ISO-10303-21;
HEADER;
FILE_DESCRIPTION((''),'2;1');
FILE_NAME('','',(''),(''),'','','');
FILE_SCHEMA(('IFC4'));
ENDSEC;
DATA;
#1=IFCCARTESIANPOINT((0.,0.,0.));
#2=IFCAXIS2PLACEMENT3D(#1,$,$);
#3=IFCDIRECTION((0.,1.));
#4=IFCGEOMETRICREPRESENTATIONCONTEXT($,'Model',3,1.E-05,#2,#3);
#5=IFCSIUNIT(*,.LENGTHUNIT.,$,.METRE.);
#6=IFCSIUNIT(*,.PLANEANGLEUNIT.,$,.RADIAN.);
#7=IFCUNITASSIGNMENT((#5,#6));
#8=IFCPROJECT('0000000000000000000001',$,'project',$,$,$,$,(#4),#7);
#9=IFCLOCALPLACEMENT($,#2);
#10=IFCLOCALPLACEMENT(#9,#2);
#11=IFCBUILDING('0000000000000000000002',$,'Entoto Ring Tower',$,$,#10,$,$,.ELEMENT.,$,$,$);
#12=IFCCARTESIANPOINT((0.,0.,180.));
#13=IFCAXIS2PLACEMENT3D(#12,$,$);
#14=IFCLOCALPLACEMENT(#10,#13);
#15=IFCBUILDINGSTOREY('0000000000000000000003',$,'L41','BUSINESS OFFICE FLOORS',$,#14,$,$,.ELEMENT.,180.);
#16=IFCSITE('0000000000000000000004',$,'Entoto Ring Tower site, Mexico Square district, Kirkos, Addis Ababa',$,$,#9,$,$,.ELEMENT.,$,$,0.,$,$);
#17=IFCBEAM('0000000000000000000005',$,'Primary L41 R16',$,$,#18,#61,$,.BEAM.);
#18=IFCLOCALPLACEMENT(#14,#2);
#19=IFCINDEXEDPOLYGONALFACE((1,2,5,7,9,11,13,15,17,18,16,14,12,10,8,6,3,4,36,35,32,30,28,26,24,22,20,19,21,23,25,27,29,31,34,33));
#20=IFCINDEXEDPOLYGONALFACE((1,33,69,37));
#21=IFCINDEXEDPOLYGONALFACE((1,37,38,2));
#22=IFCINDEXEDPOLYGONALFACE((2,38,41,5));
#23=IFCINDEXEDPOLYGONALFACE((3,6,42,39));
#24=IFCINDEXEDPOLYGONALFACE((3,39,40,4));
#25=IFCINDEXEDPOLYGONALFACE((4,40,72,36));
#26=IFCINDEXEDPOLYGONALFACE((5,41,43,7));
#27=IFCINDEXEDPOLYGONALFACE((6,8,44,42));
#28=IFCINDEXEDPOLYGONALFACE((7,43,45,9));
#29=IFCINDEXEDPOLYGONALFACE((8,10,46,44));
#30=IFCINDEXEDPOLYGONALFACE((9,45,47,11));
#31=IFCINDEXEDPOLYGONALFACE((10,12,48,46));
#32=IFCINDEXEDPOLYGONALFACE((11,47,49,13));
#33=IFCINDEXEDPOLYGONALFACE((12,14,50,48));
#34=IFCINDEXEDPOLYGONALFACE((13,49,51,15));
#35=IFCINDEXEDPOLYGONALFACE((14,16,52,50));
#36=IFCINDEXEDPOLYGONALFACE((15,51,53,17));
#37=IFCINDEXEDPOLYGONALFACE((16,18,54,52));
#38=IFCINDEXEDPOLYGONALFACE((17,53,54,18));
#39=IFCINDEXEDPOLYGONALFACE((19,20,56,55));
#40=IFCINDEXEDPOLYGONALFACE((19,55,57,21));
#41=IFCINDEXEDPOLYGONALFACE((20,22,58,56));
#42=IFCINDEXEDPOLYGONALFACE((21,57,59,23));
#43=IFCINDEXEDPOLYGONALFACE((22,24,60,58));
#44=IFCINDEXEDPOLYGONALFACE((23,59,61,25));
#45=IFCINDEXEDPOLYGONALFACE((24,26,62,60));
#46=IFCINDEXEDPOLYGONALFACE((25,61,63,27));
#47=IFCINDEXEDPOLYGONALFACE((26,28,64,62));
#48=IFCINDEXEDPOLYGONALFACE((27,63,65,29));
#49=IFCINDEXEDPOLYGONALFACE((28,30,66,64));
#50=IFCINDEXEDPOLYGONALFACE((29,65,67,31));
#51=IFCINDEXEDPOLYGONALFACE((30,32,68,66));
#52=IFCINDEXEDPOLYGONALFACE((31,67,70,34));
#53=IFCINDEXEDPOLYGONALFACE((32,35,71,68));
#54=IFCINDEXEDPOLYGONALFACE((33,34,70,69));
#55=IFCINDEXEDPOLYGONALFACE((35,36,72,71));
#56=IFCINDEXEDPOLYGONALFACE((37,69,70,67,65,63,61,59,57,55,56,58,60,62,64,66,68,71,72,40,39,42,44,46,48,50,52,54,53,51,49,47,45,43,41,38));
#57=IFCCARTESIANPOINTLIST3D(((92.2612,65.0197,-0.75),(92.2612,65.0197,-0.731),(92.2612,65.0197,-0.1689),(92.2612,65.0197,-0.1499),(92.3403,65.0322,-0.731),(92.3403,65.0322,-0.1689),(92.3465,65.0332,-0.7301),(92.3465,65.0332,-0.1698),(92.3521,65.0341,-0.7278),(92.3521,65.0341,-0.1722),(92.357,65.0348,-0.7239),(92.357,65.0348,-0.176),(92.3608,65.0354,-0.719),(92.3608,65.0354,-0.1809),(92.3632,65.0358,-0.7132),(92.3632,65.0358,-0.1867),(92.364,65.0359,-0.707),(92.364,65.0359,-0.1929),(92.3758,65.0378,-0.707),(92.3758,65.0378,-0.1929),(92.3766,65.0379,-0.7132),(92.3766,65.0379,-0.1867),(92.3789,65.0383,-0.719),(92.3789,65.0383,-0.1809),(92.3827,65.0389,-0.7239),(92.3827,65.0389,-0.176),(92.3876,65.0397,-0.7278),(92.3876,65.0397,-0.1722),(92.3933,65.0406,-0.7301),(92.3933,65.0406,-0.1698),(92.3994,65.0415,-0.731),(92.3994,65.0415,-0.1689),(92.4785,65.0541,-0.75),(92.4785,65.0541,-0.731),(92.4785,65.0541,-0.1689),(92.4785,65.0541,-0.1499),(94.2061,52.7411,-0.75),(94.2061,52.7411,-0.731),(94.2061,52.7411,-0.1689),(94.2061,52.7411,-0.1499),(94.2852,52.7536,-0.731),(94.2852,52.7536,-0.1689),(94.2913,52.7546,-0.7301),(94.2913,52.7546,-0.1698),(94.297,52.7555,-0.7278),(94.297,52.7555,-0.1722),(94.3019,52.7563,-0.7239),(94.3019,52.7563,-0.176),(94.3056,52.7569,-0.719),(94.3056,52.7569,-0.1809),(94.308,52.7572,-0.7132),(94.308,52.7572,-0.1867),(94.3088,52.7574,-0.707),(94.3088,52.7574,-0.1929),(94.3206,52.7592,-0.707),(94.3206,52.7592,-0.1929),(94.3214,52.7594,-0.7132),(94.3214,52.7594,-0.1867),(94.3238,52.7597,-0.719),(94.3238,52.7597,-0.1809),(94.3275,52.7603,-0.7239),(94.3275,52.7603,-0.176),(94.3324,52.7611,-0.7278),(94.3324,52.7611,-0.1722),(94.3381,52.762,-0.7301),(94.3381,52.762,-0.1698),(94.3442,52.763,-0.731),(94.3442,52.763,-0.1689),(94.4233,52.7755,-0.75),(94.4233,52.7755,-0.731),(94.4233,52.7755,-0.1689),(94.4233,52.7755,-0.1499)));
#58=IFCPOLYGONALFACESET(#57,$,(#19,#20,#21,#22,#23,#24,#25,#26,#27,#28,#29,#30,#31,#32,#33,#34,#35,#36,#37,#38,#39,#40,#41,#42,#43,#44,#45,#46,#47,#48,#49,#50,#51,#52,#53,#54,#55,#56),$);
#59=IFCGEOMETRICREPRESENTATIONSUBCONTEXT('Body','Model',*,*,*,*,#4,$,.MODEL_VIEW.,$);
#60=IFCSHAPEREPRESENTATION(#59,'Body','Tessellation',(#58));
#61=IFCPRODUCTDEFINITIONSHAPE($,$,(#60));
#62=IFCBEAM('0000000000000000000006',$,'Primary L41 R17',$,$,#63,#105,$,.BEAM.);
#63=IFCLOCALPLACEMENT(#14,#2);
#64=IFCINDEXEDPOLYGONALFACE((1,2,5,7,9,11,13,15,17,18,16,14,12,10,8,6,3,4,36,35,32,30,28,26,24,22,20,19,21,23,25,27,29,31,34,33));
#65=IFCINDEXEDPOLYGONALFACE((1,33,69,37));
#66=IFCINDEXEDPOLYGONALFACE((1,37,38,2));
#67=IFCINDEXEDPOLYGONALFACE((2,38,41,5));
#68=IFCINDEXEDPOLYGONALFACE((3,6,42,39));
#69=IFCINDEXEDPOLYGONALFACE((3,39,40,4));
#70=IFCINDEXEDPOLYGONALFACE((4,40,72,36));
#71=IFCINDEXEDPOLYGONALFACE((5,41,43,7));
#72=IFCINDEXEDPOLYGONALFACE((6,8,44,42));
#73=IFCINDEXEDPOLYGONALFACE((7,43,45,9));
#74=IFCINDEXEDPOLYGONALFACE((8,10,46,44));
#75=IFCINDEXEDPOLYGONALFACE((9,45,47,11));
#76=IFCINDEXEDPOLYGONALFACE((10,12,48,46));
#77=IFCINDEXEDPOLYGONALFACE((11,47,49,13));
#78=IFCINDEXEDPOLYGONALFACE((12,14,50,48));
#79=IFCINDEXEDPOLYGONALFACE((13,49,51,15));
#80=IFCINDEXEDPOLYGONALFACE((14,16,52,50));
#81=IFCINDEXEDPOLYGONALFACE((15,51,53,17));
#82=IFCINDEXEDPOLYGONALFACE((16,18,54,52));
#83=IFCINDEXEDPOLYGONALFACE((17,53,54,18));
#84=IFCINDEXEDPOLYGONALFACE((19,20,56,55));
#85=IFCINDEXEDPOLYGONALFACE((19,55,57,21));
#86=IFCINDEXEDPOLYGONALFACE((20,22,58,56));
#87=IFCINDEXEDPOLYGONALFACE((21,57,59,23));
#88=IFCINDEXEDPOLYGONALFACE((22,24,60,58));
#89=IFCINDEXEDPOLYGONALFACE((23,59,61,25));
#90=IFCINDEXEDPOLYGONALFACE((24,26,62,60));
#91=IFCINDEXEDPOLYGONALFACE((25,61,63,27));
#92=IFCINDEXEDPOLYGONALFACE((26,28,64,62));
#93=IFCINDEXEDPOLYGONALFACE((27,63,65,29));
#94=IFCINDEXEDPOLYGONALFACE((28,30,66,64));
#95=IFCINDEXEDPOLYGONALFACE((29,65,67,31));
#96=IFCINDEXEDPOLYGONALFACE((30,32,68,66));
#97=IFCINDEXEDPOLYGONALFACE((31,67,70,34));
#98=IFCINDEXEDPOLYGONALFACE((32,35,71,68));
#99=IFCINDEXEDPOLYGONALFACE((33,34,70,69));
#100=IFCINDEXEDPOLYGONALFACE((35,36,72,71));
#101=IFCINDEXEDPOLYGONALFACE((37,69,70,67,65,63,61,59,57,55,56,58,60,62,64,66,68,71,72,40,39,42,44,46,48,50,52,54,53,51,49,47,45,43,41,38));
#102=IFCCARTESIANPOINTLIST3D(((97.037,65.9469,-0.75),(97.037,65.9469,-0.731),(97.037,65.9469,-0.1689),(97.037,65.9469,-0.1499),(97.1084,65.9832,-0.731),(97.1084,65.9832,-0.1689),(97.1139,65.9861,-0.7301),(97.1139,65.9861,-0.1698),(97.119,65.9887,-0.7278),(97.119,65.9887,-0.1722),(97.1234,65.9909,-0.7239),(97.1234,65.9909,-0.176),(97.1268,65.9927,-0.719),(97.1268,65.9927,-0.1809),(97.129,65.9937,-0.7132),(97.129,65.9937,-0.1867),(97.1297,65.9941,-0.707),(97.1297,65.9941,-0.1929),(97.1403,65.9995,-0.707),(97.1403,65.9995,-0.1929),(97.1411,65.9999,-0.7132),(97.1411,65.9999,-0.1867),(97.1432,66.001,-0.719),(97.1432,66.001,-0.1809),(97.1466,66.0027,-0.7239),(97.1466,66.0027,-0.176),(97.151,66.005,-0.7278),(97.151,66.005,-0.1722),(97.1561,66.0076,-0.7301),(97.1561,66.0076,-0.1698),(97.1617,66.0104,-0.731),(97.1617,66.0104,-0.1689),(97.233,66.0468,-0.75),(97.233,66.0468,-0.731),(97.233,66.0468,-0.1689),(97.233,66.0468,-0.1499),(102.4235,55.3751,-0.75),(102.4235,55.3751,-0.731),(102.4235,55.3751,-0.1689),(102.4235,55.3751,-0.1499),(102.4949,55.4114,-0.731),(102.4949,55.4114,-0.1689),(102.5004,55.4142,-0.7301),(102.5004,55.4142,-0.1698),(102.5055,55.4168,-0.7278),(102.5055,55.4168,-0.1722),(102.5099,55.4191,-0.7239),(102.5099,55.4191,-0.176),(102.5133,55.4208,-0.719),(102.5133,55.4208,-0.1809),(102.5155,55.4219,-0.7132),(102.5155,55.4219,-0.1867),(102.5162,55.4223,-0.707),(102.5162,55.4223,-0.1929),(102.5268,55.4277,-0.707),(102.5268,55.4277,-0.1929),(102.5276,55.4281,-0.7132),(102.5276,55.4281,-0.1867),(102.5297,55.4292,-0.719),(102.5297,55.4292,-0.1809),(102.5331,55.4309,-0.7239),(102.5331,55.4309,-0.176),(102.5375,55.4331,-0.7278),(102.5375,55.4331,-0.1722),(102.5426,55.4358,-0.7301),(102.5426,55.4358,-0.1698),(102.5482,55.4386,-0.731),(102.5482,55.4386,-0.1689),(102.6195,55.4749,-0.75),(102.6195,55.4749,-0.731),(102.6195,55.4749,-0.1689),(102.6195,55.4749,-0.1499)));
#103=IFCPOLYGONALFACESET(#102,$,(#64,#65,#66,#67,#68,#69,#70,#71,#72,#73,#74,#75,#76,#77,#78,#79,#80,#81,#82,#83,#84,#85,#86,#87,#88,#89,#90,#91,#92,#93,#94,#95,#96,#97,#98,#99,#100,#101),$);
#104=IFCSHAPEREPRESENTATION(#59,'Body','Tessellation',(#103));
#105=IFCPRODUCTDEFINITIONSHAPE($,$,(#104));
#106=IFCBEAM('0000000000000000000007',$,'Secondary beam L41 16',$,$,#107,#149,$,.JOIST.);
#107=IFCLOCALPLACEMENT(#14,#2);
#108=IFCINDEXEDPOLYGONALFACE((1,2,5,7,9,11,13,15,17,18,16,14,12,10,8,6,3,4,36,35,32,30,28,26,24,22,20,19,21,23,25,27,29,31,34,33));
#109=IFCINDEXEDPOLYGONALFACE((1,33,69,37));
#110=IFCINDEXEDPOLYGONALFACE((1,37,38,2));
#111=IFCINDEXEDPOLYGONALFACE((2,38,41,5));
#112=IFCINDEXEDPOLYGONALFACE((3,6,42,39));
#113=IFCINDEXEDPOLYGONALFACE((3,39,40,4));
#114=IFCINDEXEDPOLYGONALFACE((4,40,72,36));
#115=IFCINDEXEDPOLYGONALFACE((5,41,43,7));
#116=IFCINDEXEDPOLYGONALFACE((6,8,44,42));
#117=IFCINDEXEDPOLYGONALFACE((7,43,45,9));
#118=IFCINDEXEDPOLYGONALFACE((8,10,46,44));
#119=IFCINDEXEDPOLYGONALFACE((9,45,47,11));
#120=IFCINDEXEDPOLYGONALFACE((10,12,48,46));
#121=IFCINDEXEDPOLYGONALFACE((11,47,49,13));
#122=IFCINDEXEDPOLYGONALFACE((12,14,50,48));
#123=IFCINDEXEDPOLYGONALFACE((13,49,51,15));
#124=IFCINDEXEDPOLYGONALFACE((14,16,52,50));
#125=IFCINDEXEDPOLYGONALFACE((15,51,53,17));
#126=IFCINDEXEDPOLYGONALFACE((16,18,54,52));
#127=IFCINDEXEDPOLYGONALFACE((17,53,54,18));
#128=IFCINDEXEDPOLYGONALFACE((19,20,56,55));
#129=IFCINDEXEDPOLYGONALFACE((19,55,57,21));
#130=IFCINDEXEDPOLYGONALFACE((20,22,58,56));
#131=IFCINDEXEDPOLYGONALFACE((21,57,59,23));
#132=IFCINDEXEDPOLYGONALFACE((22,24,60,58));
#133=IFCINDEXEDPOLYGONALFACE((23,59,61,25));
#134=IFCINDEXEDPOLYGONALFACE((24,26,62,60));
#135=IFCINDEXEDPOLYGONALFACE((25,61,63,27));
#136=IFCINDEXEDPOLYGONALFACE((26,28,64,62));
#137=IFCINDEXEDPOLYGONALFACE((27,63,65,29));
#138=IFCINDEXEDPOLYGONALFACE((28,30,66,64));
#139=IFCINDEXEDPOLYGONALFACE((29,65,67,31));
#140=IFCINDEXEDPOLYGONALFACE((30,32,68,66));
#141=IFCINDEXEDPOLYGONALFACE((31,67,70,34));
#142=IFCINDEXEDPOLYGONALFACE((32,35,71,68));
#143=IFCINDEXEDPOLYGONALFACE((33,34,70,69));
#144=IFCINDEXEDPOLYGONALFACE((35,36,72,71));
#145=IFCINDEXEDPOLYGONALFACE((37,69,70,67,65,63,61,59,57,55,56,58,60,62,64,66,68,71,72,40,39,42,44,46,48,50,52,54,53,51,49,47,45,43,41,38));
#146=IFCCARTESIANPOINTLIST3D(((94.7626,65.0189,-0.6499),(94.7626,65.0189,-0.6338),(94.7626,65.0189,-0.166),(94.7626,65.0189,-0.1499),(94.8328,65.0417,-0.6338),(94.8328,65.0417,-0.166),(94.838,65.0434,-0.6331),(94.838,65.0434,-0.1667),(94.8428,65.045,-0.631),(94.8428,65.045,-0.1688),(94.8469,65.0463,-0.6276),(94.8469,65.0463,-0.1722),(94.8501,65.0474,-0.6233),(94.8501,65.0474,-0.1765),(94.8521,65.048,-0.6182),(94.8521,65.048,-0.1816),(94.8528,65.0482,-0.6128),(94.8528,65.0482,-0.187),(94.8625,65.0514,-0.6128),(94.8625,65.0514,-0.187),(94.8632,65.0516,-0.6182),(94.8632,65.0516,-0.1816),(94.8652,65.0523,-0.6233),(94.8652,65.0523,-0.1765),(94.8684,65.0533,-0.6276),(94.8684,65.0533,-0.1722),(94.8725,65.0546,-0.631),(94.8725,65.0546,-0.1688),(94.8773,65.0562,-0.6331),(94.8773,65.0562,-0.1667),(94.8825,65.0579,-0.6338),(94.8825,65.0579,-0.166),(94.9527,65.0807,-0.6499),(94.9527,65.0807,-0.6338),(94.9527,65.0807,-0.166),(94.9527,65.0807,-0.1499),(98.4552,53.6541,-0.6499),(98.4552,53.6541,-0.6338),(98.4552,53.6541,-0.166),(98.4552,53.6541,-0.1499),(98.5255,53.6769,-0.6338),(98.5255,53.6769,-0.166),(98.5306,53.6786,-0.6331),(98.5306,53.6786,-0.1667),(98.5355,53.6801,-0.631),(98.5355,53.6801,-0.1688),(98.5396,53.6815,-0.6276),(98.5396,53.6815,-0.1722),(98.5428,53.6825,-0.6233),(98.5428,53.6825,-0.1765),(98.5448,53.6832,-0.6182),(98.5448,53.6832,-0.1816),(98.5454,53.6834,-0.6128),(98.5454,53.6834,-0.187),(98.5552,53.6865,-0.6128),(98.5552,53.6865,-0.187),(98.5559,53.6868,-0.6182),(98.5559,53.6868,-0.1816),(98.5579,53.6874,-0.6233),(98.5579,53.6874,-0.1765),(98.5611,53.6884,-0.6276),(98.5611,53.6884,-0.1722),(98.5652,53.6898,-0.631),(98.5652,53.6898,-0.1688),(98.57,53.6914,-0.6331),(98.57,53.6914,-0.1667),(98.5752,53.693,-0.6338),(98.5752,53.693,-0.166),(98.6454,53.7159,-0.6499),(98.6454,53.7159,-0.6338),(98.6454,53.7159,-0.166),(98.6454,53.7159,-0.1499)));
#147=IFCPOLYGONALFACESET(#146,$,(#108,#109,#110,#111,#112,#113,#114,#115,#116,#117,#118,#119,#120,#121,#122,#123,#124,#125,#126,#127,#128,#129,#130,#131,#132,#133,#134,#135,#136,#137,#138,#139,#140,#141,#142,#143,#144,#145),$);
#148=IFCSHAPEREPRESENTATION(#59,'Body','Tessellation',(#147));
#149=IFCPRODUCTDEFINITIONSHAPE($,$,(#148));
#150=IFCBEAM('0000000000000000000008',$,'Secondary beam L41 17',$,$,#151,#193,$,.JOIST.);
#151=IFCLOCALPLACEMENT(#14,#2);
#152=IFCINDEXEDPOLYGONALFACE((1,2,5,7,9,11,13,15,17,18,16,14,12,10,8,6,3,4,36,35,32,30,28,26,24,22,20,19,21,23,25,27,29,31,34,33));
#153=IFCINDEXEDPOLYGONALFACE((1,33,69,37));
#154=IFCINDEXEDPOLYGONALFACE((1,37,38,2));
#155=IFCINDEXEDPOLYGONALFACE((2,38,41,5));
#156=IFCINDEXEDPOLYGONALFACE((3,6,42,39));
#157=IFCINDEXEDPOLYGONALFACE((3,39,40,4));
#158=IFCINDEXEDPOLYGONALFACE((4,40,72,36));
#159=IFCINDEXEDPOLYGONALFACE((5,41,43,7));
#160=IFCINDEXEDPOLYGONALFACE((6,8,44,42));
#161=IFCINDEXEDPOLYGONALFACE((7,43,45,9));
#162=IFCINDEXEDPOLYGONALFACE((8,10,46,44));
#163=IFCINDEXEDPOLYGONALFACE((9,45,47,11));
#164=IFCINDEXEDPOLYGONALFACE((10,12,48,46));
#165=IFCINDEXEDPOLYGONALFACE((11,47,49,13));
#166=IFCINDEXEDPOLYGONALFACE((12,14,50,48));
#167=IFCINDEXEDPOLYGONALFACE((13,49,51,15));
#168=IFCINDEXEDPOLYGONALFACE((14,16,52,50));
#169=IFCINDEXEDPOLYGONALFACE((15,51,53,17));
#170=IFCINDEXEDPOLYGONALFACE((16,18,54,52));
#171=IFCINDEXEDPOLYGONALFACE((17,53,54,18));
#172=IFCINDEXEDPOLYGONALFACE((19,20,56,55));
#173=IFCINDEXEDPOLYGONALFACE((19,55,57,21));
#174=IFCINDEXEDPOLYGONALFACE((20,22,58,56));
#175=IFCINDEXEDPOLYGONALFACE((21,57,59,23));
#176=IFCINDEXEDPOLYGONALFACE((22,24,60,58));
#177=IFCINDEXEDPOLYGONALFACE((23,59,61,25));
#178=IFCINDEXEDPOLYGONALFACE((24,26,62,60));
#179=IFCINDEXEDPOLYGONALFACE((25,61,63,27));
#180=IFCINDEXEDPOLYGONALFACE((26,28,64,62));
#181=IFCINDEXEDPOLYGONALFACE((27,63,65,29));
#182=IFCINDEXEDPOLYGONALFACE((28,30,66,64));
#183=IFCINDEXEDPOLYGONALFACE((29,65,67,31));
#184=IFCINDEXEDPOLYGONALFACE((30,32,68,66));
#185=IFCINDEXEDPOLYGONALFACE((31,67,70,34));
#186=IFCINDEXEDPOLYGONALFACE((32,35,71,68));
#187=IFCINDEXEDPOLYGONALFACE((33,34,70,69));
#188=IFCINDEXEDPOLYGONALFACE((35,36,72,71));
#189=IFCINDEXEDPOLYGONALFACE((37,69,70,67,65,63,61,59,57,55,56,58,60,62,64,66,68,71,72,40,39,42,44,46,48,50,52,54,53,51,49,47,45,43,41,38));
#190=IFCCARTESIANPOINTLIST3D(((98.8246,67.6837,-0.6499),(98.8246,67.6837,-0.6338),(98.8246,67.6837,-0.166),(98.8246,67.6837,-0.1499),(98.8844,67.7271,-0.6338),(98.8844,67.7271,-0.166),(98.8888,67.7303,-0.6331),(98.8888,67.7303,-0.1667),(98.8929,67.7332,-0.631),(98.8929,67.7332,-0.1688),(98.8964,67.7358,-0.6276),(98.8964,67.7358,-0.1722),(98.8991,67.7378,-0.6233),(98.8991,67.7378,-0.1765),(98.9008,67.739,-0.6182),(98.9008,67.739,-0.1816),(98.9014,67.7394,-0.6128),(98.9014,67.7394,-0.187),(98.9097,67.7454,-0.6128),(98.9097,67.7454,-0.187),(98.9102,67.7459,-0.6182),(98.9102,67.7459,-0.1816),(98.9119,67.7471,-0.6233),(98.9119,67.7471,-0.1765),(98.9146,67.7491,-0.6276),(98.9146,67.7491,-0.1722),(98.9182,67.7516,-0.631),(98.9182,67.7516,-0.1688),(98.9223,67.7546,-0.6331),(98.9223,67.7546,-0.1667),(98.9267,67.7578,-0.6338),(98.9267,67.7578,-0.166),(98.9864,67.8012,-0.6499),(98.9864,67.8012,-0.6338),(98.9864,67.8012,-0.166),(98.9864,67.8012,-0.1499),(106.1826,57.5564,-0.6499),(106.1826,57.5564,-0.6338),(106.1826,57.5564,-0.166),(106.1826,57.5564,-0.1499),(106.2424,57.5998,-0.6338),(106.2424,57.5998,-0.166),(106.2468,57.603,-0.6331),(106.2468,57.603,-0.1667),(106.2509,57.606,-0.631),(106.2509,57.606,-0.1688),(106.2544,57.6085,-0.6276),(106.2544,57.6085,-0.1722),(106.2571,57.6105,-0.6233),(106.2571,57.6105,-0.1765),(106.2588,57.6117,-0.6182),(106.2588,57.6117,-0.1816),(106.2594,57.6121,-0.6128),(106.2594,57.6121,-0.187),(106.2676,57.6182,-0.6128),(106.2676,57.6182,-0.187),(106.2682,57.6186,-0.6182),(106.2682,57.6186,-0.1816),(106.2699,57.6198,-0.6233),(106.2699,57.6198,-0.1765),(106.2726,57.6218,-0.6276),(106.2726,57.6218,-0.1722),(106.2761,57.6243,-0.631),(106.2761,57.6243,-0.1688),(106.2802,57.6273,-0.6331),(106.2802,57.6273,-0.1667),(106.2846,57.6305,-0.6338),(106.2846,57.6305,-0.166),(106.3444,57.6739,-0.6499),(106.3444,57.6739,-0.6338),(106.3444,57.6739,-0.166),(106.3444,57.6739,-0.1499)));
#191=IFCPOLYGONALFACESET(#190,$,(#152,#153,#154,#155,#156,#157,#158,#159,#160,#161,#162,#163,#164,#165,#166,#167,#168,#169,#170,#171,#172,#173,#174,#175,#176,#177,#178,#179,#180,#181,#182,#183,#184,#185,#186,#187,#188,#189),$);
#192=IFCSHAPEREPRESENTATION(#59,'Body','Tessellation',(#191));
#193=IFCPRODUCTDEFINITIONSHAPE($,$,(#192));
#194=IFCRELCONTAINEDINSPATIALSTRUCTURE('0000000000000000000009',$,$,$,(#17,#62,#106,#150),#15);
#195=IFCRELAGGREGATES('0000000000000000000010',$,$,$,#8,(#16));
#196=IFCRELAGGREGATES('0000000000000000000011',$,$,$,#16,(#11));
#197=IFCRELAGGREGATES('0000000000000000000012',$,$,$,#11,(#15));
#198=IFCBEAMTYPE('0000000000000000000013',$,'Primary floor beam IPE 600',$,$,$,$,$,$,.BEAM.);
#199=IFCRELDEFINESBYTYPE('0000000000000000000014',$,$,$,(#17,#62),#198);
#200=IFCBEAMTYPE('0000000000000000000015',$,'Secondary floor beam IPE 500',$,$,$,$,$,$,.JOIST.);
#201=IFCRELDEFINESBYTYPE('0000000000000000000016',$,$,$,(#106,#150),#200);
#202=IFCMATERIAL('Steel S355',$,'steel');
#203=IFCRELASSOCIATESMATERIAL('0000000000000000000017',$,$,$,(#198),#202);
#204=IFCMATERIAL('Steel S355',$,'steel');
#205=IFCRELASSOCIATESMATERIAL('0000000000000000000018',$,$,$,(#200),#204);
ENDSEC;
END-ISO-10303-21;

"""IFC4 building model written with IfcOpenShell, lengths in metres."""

from ifc_helpers import new_model, si_unit, direction, frame, origin, origin_2d, place, context, subcontext, project, spatial, i_section, extrude, material, material_profile, profile_set, type_object, element, save


model = new_model("IFC4")

# Units and contexts
model_context = context("Model", 3, precision=1e-05, world=origin(), true_north=direction((0.0, 1.0)))
body_context = subcontext(model_context, "Body", "Model", "MODEL_VIEW")
ifc_project = project(units=[si_unit("LENGTHUNIT", "METRE"), si_unit("PLANEANGLEUNIT", "RADIAN")], contexts=[model_context])

# Site, building, storey
site_placement = place(None, origin())
site = spatial("IfcSite", under=ifc_project, at=site_placement, Name="Entoto Ring Tower site, Mexico Square district, Kirkos, Addis Ababa", CompositionType="ELEMENT", RefElevation=0.0)
building_placement = place(site_placement, origin())
building = spatial("IfcBuilding", under=site, at=building_placement, Name="Entoto Ring Tower", CompositionType="ELEMENT")
storey_placement = place(building_placement, frame((0.0, 0.0, 180.0)))
storey = spatial("IfcBuildingStorey", under=building, at=storey_placement, Name="L41", Description="BUSINESS OFFICE FLOORS", CompositionType="ELEMENT", Elevation=180.0)

# Beams
ifc_material_1 = material(Name="Steel S355", Category="steel")
ifc_material_profile_1 = material_profile(ifc_material_1, i_section(OverallWidth=0.22, OverallDepth=0.6001, WebThickness=0.012, FlangeThickness=0.019, FilletRadius=0.0239, at=origin_2d()), Name="IPE 600")
ifc_profile_set_1 = profile_set([ifc_material_profile_1], Name="Steel S355")
beam_type_1 = type_object("IfcBeamType", Name="Primary floor beam IPE 600", PredefinedType="BEAM", material=ifc_profile_set_1)
beam_1_placement = place(storey_placement, frame((92.3699, 65.0369, -0.45), z_axis=(0.156442, -0.987687, 0.0), x_axis=(0.987687, 0.156442, 0.0)))
element("IfcBeam", 1, at=beam_1_placement, inside=storey, type_object=beam_type_1, Name="Primary L41 R16", PredefinedType="BEAM", context=body_context, shape_type="SweptSolid", body=[
    extrude(i_section(OverallWidth=0.22, OverallDepth=0.6001, WebThickness=0.012, FlangeThickness=0.019, FilletRadius=0.0239, at=origin_2d()), origin(), (0.0, 0.0, 1.0), 12.4316),
])
beam_2_placement = place(storey_placement, frame((97.135, 65.9968, -0.45), z_axis=(0.453983, -0.89101, 0.0), x_axis=(0.89101, 0.453983, 0.0)))
element("IfcBeam", 2, at=beam_2_placement, inside=storey, type_object=beam_type_1, Name="Primary L41 R17", PredefinedType="BEAM", context=body_context, shape_type="SweptSolid", body=[
    extrude(i_section(OverallWidth=0.22, OverallDepth=0.6001, WebThickness=0.012, FlangeThickness=0.019, FilletRadius=0.0239, at=origin_2d()), origin(), (0.0, 0.0, 1.0), 11.865),
])
ifc_material_2 = material(Name="Steel S355", Category="steel")
ifc_material_profile_2 = material_profile(ifc_material_2, i_section(OverallWidth=0.2, OverallDepth=0.5, WebThickness=0.0103, FlangeThickness=0.0161, FilletRadius=0.021, at=origin_2d()), Name="IPE 500")
ifc_profile_set_2 = profile_set([ifc_material_profile_2], Name="Steel S355")
beam_type_2 = type_object("IfcBeamType", Name="Secondary floor beam IPE 500", PredefinedType="JOIST", material=ifc_profile_set_2)
beam_3_placement = place(storey_placement, frame((94.8577, 65.0498, -0.3999), z_axis=(0.309017, -0.951057, 0.0), x_axis=(0.951057, 0.309017, 0.0)))
element("IfcBeam", 3, at=beam_3_placement, inside=storey, type_object=beam_type_2, Name="Secondary beam L41 16", PredefinedType="JOIST", context=body_context, shape_type="SweptSolid", body=[
    extrude(i_section(OverallWidth=0.2, OverallDepth=0.5, WebThickness=0.0103, FlangeThickness=0.0161, FilletRadius=0.021, at=origin_2d()), origin(), (0.0, 0.0, 1.0), 11.9497),
])
beam_4_placement = place(storey_placement, frame((98.9055, 67.7424, -0.3999), z_axis=(0.587789, -0.809014, 0.0), x_axis=(0.809014, 0.587789, 0.0)))
element("IfcBeam", 4, at=beam_4_placement, inside=storey, type_object=beam_type_2, Name="Secondary beam L41 17", PredefinedType="JOIST", context=body_context, shape_type="SweptSolid", body=[
    extrude(i_section(OverallWidth=0.2, OverallDepth=0.5, WebThickness=0.0103, FlangeThickness=0.0161, FilletRadius=0.021, at=origin_2d()), origin(), (0.0, 0.0, 1.0), 12.5181),
])

save(model, "model.ifc")
